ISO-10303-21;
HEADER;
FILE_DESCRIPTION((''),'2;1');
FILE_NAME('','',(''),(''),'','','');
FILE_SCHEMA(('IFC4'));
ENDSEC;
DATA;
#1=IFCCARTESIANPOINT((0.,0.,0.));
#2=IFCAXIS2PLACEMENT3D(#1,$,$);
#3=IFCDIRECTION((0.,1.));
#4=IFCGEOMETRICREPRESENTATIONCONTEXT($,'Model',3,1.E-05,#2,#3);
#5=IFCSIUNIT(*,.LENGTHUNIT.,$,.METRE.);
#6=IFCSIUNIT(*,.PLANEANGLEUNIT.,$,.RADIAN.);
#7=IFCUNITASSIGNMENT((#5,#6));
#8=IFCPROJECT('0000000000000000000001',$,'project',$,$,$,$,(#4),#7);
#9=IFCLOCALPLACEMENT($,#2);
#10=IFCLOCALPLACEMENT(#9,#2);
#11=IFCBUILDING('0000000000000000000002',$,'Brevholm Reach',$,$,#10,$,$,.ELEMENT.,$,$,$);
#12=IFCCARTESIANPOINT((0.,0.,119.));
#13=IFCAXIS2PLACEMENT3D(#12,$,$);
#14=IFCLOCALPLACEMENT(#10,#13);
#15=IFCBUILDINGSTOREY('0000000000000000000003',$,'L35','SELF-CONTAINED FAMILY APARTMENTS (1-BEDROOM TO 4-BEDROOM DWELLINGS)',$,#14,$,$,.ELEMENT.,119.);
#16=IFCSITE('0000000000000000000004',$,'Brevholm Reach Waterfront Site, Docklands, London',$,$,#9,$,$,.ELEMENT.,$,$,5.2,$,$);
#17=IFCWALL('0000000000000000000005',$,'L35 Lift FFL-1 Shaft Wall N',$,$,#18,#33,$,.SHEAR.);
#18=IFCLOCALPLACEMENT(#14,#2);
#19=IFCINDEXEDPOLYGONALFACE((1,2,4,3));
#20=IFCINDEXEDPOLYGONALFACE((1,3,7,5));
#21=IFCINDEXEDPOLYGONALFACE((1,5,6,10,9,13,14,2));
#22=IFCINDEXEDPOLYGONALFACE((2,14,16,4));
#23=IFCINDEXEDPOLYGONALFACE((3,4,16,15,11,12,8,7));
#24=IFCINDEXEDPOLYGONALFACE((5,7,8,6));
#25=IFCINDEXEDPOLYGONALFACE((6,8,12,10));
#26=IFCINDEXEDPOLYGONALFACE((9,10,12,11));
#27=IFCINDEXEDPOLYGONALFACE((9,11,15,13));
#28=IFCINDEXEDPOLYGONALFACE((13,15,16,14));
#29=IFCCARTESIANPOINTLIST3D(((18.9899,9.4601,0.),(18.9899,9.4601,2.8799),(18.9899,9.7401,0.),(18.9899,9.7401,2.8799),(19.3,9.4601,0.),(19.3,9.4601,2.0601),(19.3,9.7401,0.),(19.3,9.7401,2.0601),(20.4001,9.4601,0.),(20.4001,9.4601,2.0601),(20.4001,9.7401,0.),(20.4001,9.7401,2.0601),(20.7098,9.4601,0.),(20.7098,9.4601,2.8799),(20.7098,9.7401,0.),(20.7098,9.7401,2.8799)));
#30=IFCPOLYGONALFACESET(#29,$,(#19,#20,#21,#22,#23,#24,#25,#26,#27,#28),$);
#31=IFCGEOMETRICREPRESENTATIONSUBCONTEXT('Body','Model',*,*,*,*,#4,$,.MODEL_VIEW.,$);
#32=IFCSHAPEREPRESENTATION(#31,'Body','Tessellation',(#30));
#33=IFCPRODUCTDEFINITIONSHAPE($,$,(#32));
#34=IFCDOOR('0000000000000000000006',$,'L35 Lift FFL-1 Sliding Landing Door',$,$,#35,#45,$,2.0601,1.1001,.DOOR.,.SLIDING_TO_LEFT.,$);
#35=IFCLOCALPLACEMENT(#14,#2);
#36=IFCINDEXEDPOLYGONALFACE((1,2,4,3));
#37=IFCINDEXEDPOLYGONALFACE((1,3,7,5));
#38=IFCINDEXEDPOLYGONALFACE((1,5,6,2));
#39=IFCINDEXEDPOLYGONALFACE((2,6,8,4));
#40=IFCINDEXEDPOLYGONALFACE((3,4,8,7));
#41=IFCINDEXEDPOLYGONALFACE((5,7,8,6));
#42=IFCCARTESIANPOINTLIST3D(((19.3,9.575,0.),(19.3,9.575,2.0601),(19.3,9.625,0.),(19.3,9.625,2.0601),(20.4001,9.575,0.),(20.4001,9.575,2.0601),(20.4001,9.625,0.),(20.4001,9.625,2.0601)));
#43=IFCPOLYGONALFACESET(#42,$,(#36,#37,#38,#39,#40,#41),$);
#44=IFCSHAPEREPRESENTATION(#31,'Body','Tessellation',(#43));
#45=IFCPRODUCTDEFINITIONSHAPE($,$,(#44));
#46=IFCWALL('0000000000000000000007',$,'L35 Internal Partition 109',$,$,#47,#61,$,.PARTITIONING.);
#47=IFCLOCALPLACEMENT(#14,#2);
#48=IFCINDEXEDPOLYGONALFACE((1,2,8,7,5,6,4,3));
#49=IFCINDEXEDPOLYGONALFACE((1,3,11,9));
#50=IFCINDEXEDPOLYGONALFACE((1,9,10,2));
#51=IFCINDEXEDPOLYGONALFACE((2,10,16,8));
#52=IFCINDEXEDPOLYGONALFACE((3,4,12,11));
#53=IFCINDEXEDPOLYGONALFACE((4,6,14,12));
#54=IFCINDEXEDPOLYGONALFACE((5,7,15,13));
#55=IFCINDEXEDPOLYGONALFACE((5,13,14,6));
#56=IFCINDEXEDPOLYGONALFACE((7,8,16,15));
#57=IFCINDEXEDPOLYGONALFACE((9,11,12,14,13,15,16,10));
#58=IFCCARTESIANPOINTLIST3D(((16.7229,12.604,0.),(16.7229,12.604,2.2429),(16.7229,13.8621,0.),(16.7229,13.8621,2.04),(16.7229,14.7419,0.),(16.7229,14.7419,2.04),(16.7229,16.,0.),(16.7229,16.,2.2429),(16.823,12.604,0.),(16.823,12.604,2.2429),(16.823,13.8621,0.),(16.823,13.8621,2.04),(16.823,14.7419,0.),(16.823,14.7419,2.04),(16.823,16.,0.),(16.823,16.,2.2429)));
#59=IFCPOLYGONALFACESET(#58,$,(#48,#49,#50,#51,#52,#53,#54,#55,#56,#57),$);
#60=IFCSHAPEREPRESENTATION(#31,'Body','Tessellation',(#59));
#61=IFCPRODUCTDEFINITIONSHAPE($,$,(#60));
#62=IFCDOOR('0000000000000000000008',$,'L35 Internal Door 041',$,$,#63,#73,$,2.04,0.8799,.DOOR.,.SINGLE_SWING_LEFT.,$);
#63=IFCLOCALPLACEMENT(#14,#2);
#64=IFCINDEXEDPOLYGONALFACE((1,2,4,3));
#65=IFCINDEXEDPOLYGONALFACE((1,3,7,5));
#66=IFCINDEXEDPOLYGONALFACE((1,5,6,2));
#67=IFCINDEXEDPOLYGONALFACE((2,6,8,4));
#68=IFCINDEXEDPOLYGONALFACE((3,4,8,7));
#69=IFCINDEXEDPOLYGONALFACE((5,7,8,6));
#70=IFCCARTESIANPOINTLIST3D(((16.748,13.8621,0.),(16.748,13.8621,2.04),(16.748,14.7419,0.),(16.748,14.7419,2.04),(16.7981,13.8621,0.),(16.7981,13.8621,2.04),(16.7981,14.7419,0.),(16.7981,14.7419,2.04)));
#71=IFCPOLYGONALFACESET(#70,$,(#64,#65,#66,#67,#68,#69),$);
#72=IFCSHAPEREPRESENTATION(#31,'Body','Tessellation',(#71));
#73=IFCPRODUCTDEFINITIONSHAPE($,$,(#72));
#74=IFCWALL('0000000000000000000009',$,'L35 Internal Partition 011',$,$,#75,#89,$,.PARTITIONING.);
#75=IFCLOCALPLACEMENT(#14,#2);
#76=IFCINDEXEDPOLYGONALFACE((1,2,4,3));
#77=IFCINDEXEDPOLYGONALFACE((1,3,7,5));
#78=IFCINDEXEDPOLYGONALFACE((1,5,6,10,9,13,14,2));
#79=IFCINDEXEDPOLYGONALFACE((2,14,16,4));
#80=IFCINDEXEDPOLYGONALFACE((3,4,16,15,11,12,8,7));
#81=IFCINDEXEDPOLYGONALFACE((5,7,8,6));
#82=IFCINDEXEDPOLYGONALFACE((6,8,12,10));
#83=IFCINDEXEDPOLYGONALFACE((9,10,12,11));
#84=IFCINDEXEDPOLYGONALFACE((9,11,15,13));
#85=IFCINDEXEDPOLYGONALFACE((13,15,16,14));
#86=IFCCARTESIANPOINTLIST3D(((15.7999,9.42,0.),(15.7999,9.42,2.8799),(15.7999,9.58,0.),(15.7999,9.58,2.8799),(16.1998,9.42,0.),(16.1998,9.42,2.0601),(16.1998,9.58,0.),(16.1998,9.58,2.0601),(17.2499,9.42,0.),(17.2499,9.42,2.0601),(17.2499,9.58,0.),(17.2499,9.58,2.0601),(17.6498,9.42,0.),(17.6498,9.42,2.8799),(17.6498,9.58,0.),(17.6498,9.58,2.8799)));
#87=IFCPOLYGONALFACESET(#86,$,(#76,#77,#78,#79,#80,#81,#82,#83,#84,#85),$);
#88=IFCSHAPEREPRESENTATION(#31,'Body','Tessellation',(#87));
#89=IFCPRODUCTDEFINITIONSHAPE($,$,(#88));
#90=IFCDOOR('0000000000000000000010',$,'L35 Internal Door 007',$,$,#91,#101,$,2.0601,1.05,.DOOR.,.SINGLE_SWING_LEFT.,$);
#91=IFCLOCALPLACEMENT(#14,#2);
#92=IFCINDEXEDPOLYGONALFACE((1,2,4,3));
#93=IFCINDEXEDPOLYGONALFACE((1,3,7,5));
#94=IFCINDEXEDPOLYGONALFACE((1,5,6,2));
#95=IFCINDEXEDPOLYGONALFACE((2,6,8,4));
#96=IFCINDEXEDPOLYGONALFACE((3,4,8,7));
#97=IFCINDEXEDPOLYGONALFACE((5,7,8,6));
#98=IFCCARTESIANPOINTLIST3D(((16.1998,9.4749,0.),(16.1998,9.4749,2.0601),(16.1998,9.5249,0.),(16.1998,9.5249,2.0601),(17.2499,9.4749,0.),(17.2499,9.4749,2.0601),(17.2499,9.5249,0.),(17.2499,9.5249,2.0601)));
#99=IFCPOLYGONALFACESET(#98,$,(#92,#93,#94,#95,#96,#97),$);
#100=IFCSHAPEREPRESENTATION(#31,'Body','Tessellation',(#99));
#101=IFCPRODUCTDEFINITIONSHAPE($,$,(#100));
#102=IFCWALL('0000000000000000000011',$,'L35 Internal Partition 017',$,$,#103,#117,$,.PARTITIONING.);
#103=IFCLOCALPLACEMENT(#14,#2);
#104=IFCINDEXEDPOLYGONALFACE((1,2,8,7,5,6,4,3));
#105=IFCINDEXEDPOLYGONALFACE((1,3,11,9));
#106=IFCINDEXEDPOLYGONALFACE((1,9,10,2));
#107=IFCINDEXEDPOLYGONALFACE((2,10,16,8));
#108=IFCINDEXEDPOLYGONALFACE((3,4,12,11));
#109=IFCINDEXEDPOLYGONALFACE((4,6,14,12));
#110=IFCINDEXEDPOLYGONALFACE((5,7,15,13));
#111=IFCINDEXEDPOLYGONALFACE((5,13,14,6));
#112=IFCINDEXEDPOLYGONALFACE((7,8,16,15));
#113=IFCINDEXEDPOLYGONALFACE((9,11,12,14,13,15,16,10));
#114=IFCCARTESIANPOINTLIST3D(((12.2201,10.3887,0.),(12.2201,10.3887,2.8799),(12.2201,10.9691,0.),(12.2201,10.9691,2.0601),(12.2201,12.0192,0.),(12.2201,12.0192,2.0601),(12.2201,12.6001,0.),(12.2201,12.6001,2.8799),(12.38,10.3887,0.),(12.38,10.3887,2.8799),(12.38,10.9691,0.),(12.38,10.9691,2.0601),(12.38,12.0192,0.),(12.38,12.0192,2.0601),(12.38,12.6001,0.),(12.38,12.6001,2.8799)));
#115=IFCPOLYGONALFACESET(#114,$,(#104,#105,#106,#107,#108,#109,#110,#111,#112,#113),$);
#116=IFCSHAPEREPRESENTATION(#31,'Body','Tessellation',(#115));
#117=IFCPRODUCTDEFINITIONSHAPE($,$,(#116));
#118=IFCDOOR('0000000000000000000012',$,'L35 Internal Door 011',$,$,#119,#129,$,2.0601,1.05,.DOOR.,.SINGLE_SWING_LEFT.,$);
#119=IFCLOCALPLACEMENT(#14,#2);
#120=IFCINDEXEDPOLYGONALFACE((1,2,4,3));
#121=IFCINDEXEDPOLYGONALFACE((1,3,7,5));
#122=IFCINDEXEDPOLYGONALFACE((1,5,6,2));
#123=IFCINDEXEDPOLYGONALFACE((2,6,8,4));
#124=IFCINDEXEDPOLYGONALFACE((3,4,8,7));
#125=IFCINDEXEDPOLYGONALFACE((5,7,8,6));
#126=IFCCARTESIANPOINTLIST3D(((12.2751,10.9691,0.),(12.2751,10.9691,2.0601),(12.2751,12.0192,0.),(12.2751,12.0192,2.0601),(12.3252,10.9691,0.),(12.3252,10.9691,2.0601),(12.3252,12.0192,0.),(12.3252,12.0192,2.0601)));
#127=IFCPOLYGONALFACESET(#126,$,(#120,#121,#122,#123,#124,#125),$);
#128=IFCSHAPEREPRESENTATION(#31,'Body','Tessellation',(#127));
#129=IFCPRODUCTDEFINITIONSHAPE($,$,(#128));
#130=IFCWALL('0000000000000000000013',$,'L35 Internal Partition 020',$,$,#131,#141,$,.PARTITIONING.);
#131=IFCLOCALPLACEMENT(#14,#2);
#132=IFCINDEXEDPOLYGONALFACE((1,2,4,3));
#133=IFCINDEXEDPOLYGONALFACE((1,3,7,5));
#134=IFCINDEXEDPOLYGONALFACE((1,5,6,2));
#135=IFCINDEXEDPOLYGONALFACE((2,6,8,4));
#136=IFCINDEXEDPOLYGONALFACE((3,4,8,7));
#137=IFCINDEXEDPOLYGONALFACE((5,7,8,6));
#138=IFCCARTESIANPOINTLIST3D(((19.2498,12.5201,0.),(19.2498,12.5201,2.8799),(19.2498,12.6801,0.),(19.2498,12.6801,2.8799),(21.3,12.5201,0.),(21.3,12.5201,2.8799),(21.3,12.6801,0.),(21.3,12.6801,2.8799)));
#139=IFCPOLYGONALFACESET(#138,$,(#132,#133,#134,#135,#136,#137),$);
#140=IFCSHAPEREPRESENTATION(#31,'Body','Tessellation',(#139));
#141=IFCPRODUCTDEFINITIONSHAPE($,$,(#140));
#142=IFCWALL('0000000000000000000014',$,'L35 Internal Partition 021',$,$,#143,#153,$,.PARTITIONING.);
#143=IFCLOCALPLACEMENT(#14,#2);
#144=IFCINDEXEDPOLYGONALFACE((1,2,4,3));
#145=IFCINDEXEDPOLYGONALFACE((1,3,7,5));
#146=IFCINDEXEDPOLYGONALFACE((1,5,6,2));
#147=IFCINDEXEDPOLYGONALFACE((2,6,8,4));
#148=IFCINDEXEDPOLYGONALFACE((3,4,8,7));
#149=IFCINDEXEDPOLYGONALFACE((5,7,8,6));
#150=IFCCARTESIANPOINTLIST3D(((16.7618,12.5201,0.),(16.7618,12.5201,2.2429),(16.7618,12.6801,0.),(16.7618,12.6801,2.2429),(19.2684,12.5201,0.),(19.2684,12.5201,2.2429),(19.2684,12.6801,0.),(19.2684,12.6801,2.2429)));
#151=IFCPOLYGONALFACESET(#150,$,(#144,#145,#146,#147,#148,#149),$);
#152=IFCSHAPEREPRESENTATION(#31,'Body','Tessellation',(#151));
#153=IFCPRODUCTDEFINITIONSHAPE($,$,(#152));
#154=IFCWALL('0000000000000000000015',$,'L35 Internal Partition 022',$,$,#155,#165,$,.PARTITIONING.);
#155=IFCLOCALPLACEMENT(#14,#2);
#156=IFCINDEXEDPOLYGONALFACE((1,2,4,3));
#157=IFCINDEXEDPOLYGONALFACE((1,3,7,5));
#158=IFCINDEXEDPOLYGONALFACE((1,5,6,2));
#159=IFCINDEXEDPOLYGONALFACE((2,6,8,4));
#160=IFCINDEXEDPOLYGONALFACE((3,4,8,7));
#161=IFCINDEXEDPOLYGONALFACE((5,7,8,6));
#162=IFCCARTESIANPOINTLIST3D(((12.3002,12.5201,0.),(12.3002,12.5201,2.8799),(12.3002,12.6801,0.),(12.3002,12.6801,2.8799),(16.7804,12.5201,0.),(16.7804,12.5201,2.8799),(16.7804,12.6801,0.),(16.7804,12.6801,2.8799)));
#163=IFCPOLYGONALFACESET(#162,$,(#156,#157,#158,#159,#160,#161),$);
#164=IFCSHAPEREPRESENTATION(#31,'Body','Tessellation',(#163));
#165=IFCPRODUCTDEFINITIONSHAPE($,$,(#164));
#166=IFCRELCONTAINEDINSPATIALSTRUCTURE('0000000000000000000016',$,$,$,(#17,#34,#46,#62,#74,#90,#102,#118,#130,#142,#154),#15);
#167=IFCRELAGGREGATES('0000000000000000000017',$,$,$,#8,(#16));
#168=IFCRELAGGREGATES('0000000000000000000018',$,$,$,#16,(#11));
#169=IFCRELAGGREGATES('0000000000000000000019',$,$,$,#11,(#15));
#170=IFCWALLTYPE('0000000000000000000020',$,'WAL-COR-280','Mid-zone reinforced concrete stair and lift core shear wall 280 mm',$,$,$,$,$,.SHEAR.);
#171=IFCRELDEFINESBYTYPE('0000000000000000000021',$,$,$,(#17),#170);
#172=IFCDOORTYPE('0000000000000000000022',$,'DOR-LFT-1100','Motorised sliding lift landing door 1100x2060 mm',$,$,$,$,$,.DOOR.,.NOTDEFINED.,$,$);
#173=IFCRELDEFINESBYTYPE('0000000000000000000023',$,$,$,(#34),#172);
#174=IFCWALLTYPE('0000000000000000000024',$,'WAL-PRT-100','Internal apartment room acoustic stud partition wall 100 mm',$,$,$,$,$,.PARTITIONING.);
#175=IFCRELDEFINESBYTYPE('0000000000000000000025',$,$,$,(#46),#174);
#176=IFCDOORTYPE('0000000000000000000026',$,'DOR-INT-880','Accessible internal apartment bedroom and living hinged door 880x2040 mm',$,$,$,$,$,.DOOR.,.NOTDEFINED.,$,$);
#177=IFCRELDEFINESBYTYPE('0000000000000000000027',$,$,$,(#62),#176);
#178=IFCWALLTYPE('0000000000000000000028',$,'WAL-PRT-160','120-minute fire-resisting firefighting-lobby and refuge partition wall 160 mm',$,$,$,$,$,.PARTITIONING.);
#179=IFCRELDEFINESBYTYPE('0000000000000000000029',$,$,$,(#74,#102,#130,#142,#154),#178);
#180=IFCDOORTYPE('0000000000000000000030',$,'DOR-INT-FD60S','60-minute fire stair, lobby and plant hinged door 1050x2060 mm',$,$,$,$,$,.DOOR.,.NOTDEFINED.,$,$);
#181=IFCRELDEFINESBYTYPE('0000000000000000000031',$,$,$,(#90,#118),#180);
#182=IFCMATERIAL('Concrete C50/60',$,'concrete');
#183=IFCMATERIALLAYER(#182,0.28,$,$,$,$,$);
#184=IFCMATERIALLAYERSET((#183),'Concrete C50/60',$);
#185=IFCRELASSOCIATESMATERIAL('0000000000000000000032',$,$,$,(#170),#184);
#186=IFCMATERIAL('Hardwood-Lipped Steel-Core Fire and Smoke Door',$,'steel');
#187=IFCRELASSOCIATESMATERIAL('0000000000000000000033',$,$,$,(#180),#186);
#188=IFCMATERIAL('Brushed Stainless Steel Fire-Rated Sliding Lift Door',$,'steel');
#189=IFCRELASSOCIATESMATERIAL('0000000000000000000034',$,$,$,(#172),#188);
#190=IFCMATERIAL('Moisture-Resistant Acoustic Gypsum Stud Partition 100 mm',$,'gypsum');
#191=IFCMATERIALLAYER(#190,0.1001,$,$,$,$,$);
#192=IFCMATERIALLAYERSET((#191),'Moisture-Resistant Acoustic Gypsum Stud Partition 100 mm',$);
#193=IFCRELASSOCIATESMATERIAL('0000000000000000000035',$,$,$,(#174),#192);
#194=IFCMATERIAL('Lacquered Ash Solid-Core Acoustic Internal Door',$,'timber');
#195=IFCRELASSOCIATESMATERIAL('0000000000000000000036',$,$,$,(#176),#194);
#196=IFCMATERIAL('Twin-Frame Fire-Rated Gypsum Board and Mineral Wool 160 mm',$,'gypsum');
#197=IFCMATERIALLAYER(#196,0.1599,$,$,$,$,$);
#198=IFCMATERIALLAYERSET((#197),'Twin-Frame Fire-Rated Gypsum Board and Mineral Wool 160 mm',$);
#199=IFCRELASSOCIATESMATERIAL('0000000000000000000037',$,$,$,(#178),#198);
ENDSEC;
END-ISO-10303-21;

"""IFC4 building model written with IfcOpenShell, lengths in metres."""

from ifc_helpers import new_model, si_unit, direction, frame, frame_2d, origin, place, context, subcontext, project, spatial, rectangle, extrude, material, layer, layer_set, type_object, element, fill, save


model = new_model("IFC4")

# Units and contexts
model_context = context("Model", 3, precision=1e-05, world=origin(), true_north=direction((0.0, 1.0)))
body_context = subcontext(model_context, "Body", "Model", "MODEL_VIEW")
ifc_project = project(units=[si_unit("LENGTHUNIT", "METRE"), si_unit("PLANEANGLEUNIT", "RADIAN")], contexts=[model_context])

# Site, building, storey
site_placement = place(None, origin())
site = spatial("IfcSite", under=ifc_project, at=site_placement, Name="Brevholm Reach Waterfront Site, Docklands, London", CompositionType="ELEMENT", RefElevation=5.2)
building_placement = place(site_placement, origin())
building = spatial("IfcBuilding", under=site, at=building_placement, Name="Brevholm Reach", CompositionType="ELEMENT")
storey_placement = place(building_placement, frame((0.0, 0.0, 119.0)))
storey = spatial("IfcBuildingStorey", under=building, at=storey_placement, Name="L35", Description="SELF-CONTAINED FAMILY APARTMENTS (1-BEDROOM TO 4-BEDROOM DWELLINGS)", CompositionType="ELEMENT", Elevation=119.0)

# Shared definitions
ifc_material_1 = material(Name="Concrete C50/60", Category="concrete")
ifc_layer_1 = layer(ifc_material_1, 0.28)
ifc_layer_set_1 = layer_set([ifc_layer_1], Name="Concrete C50/60")
wall_type_1 = type_object("IfcWallType", Name="WAL-COR-280", Description="Mid-zone reinforced concrete stair and lift core shear wall 280 mm", PredefinedType="SHEAR", material=ifc_layer_set_1)
ifc_material_2 = material(Name="Hardwood-Lipped Steel-Core Fire and Smoke Door", Category="steel")
door_type_1 = type_object("IfcDoorType", Name="DOR-INT-FD60S", Description="60-minute fire stair, lobby and plant hinged door 1050x2060 mm", OperationType="NOTDEFINED", PredefinedType="DOOR", material=ifc_material_2)

# Walls, openings, doors
wall_1_placement = place(storey_placement, frame((18.99, 9.6001, 0.0), z_axis=(0.0, 0.0, 1.0), x_axis=(1.0, 0.0, 0.0)))
wall_1 = element("IfcWall", 1, at=wall_1_placement, inside=storey, type_object=wall_type_1, Name="L35 Lift FFL-1 Shaft Wall N", PredefinedType="SHEAR", context=body_context, shape_type="SweptSolid", body=[
    extrude(rectangle(XDim=1.72, YDim=0.28, at=frame_2d((0.8599, 0.0))), origin(), (0.0, 0.0, 1.0), 2.8799),
])
opening_1_placement = place(wall_1_placement, frame((0.3101, 0.0, 0.0)))
opening_1 = element("IfcOpeningElement", 2, at=opening_1_placement, cuts=wall_1, PredefinedType="OPENING", context=body_context, shape_type="SweptSolid", body=[
    extrude(rectangle(XDim=1.1001, YDim=2.0601, at=frame_2d((0.55, 1.03))), frame((0.0, 0.1499, 0.0), z_axis=(0.0, -1.0, 0.0), x_axis=(1.0, 0.0, 0.0)), (0.0, 0.0, 1.0), 0.3),
])
ifc_material_3 = material(Name="Brushed Stainless Steel Fire-Rated Sliding Lift Door", Category="steel")
door_type_2 = type_object("IfcDoorType", Name="DOR-LFT-1100", Description="Motorised sliding lift landing door 1100x2060 mm", OperationType="NOTDEFINED", PredefinedType="DOOR", material=ifc_material_3)
door_1_placement = place(opening_1_placement, origin())
door_1 = element("IfcDoor", 3, at=door_1_placement, inside=storey, type_object=door_type_2, Name="L35 Lift FFL-1 Sliding Landing Door", OperationType="SLIDING_TO_LEFT", OverallHeight=2.0601, OverallWidth=1.1001, PredefinedType="DOOR", context=body_context, shape_type="SweptSolid", body=[
    extrude(rectangle(XDim=1.1001, YDim=2.0601, at=frame_2d((0.55, 1.03))), frame((0.0, 0.0249, 0.0), z_axis=(0.0, -1.0, 0.0), x_axis=(1.0, 0.0, 0.0)), (0.0, 0.0, 1.0), 0.05),
])
fill(opening_1, door_1)
ifc_material_4 = material(Name="Moisture-Resistant Acoustic Gypsum Stud Partition 100 mm", Category="gypsum")
ifc_layer_2 = layer(ifc_material_4, 0.1001)
ifc_layer_set_2 = layer_set([ifc_layer_2], Name="Moisture-Resistant Acoustic Gypsum Stud Partition 100 mm")
wall_type_2 = type_object("IfcWallType", Name="WAL-PRT-100", Description="Internal apartment room acoustic stud partition wall 100 mm", PredefinedType="PARTITIONING", material=ifc_layer_set_2)
wall_2_placement = place(storey_placement, frame((16.7729, 12.604, 0.0), z_axis=(0.0, 0.0, 1.0), x_axis=(0.0, 1.0, 0.0)))
wall_2 = element("IfcWall", 4, at=wall_2_placement, inside=storey, type_object=wall_type_2, Name="L35 Internal Partition 109", PredefinedType="PARTITIONING", context=body_context, shape_type="SweptSolid", body=[
    extrude(rectangle(XDim=3.396, YDim=0.1001, at=frame_2d((1.698, 0.0))), origin(), (0.0, 0.0, 1.0), 2.2429),
])
opening_2_placement = place(wall_2_placement, frame((1.2581, 0.0, 0.0)))
opening_2 = element("IfcOpeningElement", 5, at=opening_2_placement, cuts=wall_2, PredefinedType="OPENING", context=body_context, shape_type="SweptSolid", body=[
    extrude(rectangle(XDim=0.8799, YDim=2.04, at=frame_2d((0.4399, 1.02))), frame((0.0, 0.0601, 0.0), z_axis=(0.0, -1.0, 0.0), x_axis=(1.0, 0.0, 0.0)), (0.0, 0.0, 1.0), 0.1201),
])
ifc_material_5 = material(Name="Lacquered Ash Solid-Core Acoustic Internal Door", Category="timber")
door_type_3 = type_object("IfcDoorType", Name="DOR-INT-880", Description="Accessible internal apartment bedroom and living hinged door 880x2040 mm", OperationType="NOTDEFINED", PredefinedType="DOOR", material=ifc_material_5)
door_2_placement = place(opening_2_placement, origin())
door_2 = element("IfcDoor", 6, at=door_2_placement, inside=storey, type_object=door_type_3, Name="L35 Internal Door 041", OperationType="SINGLE_SWING_LEFT", OverallHeight=2.04, OverallWidth=0.8799, PredefinedType="DOOR", context=body_context, shape_type="SweptSolid", body=[
    extrude(rectangle(XDim=0.8799, YDim=2.04, at=frame_2d((0.4399, 1.02))), frame((0.0, 0.0249, 0.0), z_axis=(0.0, -1.0, 0.0), x_axis=(1.0, 0.0, 0.0)), (0.0, 0.0, 1.0), 0.05),
])
fill(opening_2, door_2)
ifc_material_6 = material(Name="Twin-Frame Fire-Rated Gypsum Board and Mineral Wool 160 mm", Category="gypsum")
ifc_layer_3 = layer(ifc_material_6, 0.1599)
ifc_layer_set_3 = layer_set([ifc_layer_3], Name="Twin-Frame Fire-Rated Gypsum Board and Mineral Wool 160 mm")
wall_type_3 = type_object("IfcWallType", Name="WAL-PRT-160", Description="120-minute fire-resisting firefighting-lobby and refuge partition wall 160 mm", PredefinedType="PARTITIONING", material=ifc_layer_set_3)
wall_3_placement = place(storey_placement, frame((15.8, 9.5, 0.0), z_axis=(0.0, 0.0, 1.0), x_axis=(1.0, 0.0, 0.0)))
wall_3 = element("IfcWall", 7, at=wall_3_placement, inside=storey, type_object=wall_type_3, Name="L35 Internal Partition 011", PredefinedType="PARTITIONING", context=body_context, shape_type="SweptSolid", body=[
    extrude(rectangle(XDim=1.8499, YDim=0.1599, at=frame_2d((0.9248, 0.0))), origin(), (0.0, 0.0, 1.0), 2.8799),
])
opening_3_placement = place(wall_3_placement, frame((0.3999, 0.0, 0.0)))
opening_3 = element("IfcOpeningElement", 8, at=opening_3_placement, cuts=wall_3, PredefinedType="OPENING", context=body_context, shape_type="SweptSolid", body=[
    extrude(rectangle(XDim=1.05, YDim=2.0601, at=frame_2d((0.5249, 1.03))), frame((0.0, 0.0898, 0.0), z_axis=(0.0, -1.0, 0.0), x_axis=(1.0, 0.0, 0.0)), (0.0, 0.0, 1.0), 0.1799),
])
door_3_placement = place(opening_3_placement, origin())
door_3 = element("IfcDoor", 9, at=door_3_placement, inside=storey, type_object=door_type_1, Name="L35 Internal Door 007", OperationType="SINGLE_SWING_LEFT", OverallHeight=2.0601, OverallWidth=1.05, PredefinedType="DOOR", context=body_context, shape_type="SweptSolid", body=[
    extrude(rectangle(XDim=1.05, YDim=2.0601, at=frame_2d((0.5249, 1.03))), frame((0.0, 0.0249, 0.0), z_axis=(0.0, -1.0, 0.0), x_axis=(1.0, 0.0, 0.0)), (0.0, 0.0, 1.0), 0.05),
])
fill(opening_3, door_3)
wall_4_placement = place(storey_placement, frame((12.3, 10.3887, 0.0), z_axis=(0.0, 0.0, 1.0), x_axis=(0.0, 1.0, 0.0)))
wall_4 = element("IfcWall", 10, at=wall_4_placement, inside=storey, type_object=wall_type_3, Name="L35 Internal Partition 017", PredefinedType="PARTITIONING", context=body_context, shape_type="SweptSolid", body=[
    extrude(rectangle(XDim=2.2114, YDim=0.1599, at=frame_2d((1.1057, 0.0))), origin(), (0.0, 0.0, 1.0), 2.8799),
])
opening_4_placement = place(wall_4_placement, frame((0.5806, 0.0, 0.0)))
opening_4 = element("IfcOpeningElement", 11, at=opening_4_placement, cuts=wall_4, PredefinedType="OPENING", context=body_context, shape_type="SweptSolid", body=[
    extrude(rectangle(XDim=1.05, YDim=2.0601, at=frame_2d((0.5249, 1.03))), frame((0.0, 0.0898, 0.0), z_axis=(0.0, -1.0, 0.0), x_axis=(1.0, 0.0, 0.0)), (0.0, 0.0, 1.0), 0.1799),
])
door_4_placement = place(opening_4_placement, origin())
door_4 = element("IfcDoor", 12, at=door_4_placement, inside=storey, type_object=door_type_1, Name="L35 Internal Door 011", OperationType="SINGLE_SWING_LEFT", OverallHeight=2.0601, OverallWidth=1.05, PredefinedType="DOOR", context=body_context, shape_type="SweptSolid", body=[
    extrude(rectangle(XDim=1.05, YDim=2.0601, at=frame_2d((0.5249, 1.03))), frame((0.0, 0.0249, 0.0), z_axis=(0.0, -1.0, 0.0), x_axis=(1.0, 0.0, 0.0)), (0.0, 0.0, 1.0), 0.05),
])
fill(opening_4, door_4)

# Walls
wall_5_placement = place(storey_placement, frame((19.2498, 12.6001, 0.0), z_axis=(0.0, 0.0, 1.0), x_axis=(1.0, 0.0, 0.0)))
element("IfcWall", 13, at=wall_5_placement, inside=storey, type_object=wall_type_3, Name="L35 Internal Partition 020", PredefinedType="PARTITIONING", context=body_context, shape_type="SweptSolid", body=[
    extrude(rectangle(XDim=2.0503, YDim=0.1599, at=frame_2d((1.0251, 0.0))), origin(), (0.0, 0.0, 1.0), 2.8799),
])
wall_6_placement = place(storey_placement, frame((16.7617, 12.6001, 0.0), z_axis=(0.0, 0.0, 1.0), x_axis=(1.0, 0.0, 0.0)))
element("IfcWall", 14, at=wall_6_placement, inside=storey, type_object=wall_type_3, Name="L35 Internal Partition 021", PredefinedType="PARTITIONING", context=body_context, shape_type="SweptSolid", body=[
    extrude(rectangle(XDim=2.5066, YDim=0.1599, at=frame_2d((1.2534, 0.0))), origin(), (0.0, 0.0, 1.0), 2.2429),
])
wall_7_placement = place(storey_placement, frame((12.3, 12.6001, 0.0), z_axis=(0.0, 0.0, 1.0), x_axis=(1.0, 0.0, 0.0)))
element("IfcWall", 15, at=wall_7_placement, inside=storey, type_object=wall_type_3, Name="L35 Internal Partition 022", PredefinedType="PARTITIONING", context=body_context, shape_type="SweptSolid", body=[
    extrude(rectangle(XDim=4.4802, YDim=0.1599, at=frame_2d((2.2402, 0.0))), origin(), (0.0, 0.0, 1.0), 2.8799),
])

save(model, "model.ifc")
